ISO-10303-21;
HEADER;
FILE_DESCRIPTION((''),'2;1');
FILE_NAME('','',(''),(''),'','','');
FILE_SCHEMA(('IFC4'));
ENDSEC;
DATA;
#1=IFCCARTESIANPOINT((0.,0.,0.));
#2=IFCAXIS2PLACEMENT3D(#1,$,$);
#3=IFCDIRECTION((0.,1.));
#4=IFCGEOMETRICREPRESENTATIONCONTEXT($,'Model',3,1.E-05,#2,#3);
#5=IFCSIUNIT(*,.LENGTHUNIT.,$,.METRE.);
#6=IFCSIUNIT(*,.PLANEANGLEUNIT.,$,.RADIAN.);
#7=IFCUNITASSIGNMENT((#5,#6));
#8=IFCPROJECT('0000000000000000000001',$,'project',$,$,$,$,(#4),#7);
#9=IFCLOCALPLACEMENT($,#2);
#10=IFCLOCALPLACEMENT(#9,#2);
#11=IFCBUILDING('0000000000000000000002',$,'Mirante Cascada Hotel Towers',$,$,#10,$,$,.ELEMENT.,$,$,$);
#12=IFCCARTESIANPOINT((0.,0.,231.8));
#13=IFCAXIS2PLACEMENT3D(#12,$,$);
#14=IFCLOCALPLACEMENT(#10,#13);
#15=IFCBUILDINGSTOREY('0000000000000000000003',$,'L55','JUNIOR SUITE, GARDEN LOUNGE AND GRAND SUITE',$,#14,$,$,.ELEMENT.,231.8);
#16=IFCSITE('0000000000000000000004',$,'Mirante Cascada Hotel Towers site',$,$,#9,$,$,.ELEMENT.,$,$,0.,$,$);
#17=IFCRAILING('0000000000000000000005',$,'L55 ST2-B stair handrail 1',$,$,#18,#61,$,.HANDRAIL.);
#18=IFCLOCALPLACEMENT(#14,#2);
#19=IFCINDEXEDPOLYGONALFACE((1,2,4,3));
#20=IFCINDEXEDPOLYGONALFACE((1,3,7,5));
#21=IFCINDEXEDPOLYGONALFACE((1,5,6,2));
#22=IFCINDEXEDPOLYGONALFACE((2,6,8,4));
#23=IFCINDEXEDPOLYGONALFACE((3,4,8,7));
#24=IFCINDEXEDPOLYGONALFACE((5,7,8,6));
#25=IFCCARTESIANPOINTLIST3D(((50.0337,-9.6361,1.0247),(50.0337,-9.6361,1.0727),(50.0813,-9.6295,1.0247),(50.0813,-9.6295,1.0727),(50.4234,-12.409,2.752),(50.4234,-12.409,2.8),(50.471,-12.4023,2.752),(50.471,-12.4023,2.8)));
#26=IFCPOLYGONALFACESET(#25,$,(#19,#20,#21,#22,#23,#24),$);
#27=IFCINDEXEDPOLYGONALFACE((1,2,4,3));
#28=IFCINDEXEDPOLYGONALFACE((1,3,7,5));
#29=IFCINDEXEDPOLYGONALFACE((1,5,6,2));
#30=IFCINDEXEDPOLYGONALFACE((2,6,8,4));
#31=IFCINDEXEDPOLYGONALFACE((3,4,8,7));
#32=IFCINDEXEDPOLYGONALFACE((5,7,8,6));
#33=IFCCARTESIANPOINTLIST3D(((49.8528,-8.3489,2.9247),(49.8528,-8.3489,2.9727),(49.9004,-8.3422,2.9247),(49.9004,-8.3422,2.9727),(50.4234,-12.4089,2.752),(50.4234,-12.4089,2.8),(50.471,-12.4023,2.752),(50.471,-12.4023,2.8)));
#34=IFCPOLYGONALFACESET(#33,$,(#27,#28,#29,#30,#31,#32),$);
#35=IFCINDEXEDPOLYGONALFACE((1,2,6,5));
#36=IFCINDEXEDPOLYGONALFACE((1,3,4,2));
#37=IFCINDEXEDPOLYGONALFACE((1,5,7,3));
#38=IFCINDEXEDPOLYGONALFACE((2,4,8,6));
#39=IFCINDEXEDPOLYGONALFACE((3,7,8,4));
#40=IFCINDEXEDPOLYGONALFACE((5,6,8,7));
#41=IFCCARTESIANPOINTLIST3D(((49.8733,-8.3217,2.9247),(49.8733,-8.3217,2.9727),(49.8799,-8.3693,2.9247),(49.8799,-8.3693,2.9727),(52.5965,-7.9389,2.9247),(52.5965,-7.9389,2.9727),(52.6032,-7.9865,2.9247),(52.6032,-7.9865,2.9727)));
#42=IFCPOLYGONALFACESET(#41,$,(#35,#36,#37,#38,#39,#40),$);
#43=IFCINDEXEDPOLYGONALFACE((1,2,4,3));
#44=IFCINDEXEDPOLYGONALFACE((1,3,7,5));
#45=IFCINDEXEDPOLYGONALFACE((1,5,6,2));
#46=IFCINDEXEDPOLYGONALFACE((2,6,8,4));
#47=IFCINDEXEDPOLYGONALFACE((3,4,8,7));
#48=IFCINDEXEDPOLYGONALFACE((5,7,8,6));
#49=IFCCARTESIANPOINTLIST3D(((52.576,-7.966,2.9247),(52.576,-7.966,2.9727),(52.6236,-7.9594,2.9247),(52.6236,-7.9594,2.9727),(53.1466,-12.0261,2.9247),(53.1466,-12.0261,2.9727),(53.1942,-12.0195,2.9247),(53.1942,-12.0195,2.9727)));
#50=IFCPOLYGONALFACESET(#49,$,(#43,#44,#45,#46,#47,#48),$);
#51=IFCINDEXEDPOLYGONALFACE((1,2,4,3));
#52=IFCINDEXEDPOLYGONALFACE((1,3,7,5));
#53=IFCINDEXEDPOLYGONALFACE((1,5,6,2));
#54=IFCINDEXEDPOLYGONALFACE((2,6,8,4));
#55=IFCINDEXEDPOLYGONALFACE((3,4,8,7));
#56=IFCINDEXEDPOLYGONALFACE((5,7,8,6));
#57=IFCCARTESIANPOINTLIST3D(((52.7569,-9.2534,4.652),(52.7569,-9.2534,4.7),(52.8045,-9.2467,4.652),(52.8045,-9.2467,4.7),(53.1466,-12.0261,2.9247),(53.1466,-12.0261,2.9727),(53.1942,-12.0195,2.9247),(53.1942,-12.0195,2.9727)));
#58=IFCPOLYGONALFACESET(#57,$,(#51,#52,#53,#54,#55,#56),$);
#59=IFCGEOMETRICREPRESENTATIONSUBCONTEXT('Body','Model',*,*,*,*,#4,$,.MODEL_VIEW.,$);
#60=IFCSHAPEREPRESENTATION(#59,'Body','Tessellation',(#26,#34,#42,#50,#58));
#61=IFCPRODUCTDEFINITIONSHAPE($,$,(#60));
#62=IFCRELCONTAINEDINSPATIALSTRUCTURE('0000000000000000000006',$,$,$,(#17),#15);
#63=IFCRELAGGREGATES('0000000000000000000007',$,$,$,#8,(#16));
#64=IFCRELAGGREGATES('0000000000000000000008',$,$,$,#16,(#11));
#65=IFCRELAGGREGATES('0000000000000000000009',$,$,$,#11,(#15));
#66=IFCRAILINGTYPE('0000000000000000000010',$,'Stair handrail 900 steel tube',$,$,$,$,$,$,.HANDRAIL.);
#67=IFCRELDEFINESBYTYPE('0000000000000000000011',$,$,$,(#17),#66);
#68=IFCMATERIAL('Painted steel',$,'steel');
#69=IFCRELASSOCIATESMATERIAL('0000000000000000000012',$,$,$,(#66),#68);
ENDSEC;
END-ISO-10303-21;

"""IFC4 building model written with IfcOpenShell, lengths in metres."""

from ifc_helpers import new_model, si_unit, direction, frame, origin, origin_2d, place, context, subcontext, project, spatial, rectangle, extrude, material, type_object, element, save


model = new_model("IFC4")

# Units and contexts
model_context = context("Model", 3, precision=1e-05, world=origin(), true_north=direction((0.0, 1.0)))
body_context = subcontext(model_context, "Body", "Model", "MODEL_VIEW")
ifc_project = project(units=[si_unit("LENGTHUNIT", "METRE"), si_unit("PLANEANGLEUNIT", "RADIAN")], contexts=[model_context])

# Site, building, storey
site_placement = place(None, origin())
site = spatial("IfcSite", under=ifc_project, at=site_placement, Name="Mirante Cascada Hotel Towers site", CompositionType="ELEMENT", RefElevation=0.0)
building_placement = place(site_placement, origin())
building = spatial("IfcBuilding", under=site, at=building_placement, Name="Mirante Cascada Hotel Towers", CompositionType="ELEMENT")
storey_placement = place(building_placement, frame((0.0, 0.0, 231.8)))
storey = spatial("IfcBuildingStorey", under=building, at=storey_placement, Name="L55", Description="JUNIOR SUITE, GARDEN LOUNGE AND GRAND SUITE", CompositionType="ELEMENT", Elevation=231.8)

# Railing
ifc_material_1 = material(Name="Painted steel", Category="steel")
railing_type_1 = type_object("IfcRailingType", Name="Stair handrail 900 steel tube", PredefinedType="HANDRAIL", material=ifc_material_1)
railing_1_placement = place(storey_placement, frame((50.0575, -9.6328, 0.1727)))
element("IfcRailing", 1, at=railing_1_placement, inside=storey, type_object=railing_type_1, Name="L55 ST2-B stair handrail 1", PredefinedType="HANDRAIL", context=body_context, shape_type="SweptSolid", body=[
    extrude(rectangle(XDim=0.048, YDim=0.048, at=origin_2d()), frame((0.0, 0.0, 0.876), z_axis=(0.139176, -0.990268, 0.0), x_axis=(0.990268, 0.139176, 0.0)), (0.0, 0.525021, 0.851089), 3.29),
    extrude(rectangle(XDim=0.048, YDim=0.048, at=origin_2d()), frame((0.3897, -2.7728, 2.6033), z_axis=(-0.139171, 0.990268, 0.0), x_axis=(-0.990268, -0.139171, 0.0)), (0.0, 0.042085, 0.999114), 4.1036),
    extrude(rectangle(XDim=0.048, YDim=0.048, at=origin_2d()), frame((-0.1809, 1.2873, 2.776), z_axis=(0.990264, 0.139201, 0.0), x_axis=(-0.139201, 0.990264, 0.0)), (0.0, 0.0, 1.0), 2.75),
    extrude(rectangle(XDim=0.048, YDim=0.048, at=origin_2d()), frame((2.5423, 1.6701, 2.776), z_axis=(0.139171, -0.990268, 0.0), x_axis=(0.990268, 0.139171, 0.0)), (0.0, 0.0, 1.0), 4.1),
    extrude(rectangle(XDim=0.048, YDim=0.048, at=origin_2d()), frame((3.1129, -2.39, 2.776), z_axis=(-0.139181, 0.990267, 0.0), x_axis=(-0.990267, -0.139181, 0.0)), (0.0, 0.525035, 0.851081), 3.2899),
])

save(model, "model.ifc")
